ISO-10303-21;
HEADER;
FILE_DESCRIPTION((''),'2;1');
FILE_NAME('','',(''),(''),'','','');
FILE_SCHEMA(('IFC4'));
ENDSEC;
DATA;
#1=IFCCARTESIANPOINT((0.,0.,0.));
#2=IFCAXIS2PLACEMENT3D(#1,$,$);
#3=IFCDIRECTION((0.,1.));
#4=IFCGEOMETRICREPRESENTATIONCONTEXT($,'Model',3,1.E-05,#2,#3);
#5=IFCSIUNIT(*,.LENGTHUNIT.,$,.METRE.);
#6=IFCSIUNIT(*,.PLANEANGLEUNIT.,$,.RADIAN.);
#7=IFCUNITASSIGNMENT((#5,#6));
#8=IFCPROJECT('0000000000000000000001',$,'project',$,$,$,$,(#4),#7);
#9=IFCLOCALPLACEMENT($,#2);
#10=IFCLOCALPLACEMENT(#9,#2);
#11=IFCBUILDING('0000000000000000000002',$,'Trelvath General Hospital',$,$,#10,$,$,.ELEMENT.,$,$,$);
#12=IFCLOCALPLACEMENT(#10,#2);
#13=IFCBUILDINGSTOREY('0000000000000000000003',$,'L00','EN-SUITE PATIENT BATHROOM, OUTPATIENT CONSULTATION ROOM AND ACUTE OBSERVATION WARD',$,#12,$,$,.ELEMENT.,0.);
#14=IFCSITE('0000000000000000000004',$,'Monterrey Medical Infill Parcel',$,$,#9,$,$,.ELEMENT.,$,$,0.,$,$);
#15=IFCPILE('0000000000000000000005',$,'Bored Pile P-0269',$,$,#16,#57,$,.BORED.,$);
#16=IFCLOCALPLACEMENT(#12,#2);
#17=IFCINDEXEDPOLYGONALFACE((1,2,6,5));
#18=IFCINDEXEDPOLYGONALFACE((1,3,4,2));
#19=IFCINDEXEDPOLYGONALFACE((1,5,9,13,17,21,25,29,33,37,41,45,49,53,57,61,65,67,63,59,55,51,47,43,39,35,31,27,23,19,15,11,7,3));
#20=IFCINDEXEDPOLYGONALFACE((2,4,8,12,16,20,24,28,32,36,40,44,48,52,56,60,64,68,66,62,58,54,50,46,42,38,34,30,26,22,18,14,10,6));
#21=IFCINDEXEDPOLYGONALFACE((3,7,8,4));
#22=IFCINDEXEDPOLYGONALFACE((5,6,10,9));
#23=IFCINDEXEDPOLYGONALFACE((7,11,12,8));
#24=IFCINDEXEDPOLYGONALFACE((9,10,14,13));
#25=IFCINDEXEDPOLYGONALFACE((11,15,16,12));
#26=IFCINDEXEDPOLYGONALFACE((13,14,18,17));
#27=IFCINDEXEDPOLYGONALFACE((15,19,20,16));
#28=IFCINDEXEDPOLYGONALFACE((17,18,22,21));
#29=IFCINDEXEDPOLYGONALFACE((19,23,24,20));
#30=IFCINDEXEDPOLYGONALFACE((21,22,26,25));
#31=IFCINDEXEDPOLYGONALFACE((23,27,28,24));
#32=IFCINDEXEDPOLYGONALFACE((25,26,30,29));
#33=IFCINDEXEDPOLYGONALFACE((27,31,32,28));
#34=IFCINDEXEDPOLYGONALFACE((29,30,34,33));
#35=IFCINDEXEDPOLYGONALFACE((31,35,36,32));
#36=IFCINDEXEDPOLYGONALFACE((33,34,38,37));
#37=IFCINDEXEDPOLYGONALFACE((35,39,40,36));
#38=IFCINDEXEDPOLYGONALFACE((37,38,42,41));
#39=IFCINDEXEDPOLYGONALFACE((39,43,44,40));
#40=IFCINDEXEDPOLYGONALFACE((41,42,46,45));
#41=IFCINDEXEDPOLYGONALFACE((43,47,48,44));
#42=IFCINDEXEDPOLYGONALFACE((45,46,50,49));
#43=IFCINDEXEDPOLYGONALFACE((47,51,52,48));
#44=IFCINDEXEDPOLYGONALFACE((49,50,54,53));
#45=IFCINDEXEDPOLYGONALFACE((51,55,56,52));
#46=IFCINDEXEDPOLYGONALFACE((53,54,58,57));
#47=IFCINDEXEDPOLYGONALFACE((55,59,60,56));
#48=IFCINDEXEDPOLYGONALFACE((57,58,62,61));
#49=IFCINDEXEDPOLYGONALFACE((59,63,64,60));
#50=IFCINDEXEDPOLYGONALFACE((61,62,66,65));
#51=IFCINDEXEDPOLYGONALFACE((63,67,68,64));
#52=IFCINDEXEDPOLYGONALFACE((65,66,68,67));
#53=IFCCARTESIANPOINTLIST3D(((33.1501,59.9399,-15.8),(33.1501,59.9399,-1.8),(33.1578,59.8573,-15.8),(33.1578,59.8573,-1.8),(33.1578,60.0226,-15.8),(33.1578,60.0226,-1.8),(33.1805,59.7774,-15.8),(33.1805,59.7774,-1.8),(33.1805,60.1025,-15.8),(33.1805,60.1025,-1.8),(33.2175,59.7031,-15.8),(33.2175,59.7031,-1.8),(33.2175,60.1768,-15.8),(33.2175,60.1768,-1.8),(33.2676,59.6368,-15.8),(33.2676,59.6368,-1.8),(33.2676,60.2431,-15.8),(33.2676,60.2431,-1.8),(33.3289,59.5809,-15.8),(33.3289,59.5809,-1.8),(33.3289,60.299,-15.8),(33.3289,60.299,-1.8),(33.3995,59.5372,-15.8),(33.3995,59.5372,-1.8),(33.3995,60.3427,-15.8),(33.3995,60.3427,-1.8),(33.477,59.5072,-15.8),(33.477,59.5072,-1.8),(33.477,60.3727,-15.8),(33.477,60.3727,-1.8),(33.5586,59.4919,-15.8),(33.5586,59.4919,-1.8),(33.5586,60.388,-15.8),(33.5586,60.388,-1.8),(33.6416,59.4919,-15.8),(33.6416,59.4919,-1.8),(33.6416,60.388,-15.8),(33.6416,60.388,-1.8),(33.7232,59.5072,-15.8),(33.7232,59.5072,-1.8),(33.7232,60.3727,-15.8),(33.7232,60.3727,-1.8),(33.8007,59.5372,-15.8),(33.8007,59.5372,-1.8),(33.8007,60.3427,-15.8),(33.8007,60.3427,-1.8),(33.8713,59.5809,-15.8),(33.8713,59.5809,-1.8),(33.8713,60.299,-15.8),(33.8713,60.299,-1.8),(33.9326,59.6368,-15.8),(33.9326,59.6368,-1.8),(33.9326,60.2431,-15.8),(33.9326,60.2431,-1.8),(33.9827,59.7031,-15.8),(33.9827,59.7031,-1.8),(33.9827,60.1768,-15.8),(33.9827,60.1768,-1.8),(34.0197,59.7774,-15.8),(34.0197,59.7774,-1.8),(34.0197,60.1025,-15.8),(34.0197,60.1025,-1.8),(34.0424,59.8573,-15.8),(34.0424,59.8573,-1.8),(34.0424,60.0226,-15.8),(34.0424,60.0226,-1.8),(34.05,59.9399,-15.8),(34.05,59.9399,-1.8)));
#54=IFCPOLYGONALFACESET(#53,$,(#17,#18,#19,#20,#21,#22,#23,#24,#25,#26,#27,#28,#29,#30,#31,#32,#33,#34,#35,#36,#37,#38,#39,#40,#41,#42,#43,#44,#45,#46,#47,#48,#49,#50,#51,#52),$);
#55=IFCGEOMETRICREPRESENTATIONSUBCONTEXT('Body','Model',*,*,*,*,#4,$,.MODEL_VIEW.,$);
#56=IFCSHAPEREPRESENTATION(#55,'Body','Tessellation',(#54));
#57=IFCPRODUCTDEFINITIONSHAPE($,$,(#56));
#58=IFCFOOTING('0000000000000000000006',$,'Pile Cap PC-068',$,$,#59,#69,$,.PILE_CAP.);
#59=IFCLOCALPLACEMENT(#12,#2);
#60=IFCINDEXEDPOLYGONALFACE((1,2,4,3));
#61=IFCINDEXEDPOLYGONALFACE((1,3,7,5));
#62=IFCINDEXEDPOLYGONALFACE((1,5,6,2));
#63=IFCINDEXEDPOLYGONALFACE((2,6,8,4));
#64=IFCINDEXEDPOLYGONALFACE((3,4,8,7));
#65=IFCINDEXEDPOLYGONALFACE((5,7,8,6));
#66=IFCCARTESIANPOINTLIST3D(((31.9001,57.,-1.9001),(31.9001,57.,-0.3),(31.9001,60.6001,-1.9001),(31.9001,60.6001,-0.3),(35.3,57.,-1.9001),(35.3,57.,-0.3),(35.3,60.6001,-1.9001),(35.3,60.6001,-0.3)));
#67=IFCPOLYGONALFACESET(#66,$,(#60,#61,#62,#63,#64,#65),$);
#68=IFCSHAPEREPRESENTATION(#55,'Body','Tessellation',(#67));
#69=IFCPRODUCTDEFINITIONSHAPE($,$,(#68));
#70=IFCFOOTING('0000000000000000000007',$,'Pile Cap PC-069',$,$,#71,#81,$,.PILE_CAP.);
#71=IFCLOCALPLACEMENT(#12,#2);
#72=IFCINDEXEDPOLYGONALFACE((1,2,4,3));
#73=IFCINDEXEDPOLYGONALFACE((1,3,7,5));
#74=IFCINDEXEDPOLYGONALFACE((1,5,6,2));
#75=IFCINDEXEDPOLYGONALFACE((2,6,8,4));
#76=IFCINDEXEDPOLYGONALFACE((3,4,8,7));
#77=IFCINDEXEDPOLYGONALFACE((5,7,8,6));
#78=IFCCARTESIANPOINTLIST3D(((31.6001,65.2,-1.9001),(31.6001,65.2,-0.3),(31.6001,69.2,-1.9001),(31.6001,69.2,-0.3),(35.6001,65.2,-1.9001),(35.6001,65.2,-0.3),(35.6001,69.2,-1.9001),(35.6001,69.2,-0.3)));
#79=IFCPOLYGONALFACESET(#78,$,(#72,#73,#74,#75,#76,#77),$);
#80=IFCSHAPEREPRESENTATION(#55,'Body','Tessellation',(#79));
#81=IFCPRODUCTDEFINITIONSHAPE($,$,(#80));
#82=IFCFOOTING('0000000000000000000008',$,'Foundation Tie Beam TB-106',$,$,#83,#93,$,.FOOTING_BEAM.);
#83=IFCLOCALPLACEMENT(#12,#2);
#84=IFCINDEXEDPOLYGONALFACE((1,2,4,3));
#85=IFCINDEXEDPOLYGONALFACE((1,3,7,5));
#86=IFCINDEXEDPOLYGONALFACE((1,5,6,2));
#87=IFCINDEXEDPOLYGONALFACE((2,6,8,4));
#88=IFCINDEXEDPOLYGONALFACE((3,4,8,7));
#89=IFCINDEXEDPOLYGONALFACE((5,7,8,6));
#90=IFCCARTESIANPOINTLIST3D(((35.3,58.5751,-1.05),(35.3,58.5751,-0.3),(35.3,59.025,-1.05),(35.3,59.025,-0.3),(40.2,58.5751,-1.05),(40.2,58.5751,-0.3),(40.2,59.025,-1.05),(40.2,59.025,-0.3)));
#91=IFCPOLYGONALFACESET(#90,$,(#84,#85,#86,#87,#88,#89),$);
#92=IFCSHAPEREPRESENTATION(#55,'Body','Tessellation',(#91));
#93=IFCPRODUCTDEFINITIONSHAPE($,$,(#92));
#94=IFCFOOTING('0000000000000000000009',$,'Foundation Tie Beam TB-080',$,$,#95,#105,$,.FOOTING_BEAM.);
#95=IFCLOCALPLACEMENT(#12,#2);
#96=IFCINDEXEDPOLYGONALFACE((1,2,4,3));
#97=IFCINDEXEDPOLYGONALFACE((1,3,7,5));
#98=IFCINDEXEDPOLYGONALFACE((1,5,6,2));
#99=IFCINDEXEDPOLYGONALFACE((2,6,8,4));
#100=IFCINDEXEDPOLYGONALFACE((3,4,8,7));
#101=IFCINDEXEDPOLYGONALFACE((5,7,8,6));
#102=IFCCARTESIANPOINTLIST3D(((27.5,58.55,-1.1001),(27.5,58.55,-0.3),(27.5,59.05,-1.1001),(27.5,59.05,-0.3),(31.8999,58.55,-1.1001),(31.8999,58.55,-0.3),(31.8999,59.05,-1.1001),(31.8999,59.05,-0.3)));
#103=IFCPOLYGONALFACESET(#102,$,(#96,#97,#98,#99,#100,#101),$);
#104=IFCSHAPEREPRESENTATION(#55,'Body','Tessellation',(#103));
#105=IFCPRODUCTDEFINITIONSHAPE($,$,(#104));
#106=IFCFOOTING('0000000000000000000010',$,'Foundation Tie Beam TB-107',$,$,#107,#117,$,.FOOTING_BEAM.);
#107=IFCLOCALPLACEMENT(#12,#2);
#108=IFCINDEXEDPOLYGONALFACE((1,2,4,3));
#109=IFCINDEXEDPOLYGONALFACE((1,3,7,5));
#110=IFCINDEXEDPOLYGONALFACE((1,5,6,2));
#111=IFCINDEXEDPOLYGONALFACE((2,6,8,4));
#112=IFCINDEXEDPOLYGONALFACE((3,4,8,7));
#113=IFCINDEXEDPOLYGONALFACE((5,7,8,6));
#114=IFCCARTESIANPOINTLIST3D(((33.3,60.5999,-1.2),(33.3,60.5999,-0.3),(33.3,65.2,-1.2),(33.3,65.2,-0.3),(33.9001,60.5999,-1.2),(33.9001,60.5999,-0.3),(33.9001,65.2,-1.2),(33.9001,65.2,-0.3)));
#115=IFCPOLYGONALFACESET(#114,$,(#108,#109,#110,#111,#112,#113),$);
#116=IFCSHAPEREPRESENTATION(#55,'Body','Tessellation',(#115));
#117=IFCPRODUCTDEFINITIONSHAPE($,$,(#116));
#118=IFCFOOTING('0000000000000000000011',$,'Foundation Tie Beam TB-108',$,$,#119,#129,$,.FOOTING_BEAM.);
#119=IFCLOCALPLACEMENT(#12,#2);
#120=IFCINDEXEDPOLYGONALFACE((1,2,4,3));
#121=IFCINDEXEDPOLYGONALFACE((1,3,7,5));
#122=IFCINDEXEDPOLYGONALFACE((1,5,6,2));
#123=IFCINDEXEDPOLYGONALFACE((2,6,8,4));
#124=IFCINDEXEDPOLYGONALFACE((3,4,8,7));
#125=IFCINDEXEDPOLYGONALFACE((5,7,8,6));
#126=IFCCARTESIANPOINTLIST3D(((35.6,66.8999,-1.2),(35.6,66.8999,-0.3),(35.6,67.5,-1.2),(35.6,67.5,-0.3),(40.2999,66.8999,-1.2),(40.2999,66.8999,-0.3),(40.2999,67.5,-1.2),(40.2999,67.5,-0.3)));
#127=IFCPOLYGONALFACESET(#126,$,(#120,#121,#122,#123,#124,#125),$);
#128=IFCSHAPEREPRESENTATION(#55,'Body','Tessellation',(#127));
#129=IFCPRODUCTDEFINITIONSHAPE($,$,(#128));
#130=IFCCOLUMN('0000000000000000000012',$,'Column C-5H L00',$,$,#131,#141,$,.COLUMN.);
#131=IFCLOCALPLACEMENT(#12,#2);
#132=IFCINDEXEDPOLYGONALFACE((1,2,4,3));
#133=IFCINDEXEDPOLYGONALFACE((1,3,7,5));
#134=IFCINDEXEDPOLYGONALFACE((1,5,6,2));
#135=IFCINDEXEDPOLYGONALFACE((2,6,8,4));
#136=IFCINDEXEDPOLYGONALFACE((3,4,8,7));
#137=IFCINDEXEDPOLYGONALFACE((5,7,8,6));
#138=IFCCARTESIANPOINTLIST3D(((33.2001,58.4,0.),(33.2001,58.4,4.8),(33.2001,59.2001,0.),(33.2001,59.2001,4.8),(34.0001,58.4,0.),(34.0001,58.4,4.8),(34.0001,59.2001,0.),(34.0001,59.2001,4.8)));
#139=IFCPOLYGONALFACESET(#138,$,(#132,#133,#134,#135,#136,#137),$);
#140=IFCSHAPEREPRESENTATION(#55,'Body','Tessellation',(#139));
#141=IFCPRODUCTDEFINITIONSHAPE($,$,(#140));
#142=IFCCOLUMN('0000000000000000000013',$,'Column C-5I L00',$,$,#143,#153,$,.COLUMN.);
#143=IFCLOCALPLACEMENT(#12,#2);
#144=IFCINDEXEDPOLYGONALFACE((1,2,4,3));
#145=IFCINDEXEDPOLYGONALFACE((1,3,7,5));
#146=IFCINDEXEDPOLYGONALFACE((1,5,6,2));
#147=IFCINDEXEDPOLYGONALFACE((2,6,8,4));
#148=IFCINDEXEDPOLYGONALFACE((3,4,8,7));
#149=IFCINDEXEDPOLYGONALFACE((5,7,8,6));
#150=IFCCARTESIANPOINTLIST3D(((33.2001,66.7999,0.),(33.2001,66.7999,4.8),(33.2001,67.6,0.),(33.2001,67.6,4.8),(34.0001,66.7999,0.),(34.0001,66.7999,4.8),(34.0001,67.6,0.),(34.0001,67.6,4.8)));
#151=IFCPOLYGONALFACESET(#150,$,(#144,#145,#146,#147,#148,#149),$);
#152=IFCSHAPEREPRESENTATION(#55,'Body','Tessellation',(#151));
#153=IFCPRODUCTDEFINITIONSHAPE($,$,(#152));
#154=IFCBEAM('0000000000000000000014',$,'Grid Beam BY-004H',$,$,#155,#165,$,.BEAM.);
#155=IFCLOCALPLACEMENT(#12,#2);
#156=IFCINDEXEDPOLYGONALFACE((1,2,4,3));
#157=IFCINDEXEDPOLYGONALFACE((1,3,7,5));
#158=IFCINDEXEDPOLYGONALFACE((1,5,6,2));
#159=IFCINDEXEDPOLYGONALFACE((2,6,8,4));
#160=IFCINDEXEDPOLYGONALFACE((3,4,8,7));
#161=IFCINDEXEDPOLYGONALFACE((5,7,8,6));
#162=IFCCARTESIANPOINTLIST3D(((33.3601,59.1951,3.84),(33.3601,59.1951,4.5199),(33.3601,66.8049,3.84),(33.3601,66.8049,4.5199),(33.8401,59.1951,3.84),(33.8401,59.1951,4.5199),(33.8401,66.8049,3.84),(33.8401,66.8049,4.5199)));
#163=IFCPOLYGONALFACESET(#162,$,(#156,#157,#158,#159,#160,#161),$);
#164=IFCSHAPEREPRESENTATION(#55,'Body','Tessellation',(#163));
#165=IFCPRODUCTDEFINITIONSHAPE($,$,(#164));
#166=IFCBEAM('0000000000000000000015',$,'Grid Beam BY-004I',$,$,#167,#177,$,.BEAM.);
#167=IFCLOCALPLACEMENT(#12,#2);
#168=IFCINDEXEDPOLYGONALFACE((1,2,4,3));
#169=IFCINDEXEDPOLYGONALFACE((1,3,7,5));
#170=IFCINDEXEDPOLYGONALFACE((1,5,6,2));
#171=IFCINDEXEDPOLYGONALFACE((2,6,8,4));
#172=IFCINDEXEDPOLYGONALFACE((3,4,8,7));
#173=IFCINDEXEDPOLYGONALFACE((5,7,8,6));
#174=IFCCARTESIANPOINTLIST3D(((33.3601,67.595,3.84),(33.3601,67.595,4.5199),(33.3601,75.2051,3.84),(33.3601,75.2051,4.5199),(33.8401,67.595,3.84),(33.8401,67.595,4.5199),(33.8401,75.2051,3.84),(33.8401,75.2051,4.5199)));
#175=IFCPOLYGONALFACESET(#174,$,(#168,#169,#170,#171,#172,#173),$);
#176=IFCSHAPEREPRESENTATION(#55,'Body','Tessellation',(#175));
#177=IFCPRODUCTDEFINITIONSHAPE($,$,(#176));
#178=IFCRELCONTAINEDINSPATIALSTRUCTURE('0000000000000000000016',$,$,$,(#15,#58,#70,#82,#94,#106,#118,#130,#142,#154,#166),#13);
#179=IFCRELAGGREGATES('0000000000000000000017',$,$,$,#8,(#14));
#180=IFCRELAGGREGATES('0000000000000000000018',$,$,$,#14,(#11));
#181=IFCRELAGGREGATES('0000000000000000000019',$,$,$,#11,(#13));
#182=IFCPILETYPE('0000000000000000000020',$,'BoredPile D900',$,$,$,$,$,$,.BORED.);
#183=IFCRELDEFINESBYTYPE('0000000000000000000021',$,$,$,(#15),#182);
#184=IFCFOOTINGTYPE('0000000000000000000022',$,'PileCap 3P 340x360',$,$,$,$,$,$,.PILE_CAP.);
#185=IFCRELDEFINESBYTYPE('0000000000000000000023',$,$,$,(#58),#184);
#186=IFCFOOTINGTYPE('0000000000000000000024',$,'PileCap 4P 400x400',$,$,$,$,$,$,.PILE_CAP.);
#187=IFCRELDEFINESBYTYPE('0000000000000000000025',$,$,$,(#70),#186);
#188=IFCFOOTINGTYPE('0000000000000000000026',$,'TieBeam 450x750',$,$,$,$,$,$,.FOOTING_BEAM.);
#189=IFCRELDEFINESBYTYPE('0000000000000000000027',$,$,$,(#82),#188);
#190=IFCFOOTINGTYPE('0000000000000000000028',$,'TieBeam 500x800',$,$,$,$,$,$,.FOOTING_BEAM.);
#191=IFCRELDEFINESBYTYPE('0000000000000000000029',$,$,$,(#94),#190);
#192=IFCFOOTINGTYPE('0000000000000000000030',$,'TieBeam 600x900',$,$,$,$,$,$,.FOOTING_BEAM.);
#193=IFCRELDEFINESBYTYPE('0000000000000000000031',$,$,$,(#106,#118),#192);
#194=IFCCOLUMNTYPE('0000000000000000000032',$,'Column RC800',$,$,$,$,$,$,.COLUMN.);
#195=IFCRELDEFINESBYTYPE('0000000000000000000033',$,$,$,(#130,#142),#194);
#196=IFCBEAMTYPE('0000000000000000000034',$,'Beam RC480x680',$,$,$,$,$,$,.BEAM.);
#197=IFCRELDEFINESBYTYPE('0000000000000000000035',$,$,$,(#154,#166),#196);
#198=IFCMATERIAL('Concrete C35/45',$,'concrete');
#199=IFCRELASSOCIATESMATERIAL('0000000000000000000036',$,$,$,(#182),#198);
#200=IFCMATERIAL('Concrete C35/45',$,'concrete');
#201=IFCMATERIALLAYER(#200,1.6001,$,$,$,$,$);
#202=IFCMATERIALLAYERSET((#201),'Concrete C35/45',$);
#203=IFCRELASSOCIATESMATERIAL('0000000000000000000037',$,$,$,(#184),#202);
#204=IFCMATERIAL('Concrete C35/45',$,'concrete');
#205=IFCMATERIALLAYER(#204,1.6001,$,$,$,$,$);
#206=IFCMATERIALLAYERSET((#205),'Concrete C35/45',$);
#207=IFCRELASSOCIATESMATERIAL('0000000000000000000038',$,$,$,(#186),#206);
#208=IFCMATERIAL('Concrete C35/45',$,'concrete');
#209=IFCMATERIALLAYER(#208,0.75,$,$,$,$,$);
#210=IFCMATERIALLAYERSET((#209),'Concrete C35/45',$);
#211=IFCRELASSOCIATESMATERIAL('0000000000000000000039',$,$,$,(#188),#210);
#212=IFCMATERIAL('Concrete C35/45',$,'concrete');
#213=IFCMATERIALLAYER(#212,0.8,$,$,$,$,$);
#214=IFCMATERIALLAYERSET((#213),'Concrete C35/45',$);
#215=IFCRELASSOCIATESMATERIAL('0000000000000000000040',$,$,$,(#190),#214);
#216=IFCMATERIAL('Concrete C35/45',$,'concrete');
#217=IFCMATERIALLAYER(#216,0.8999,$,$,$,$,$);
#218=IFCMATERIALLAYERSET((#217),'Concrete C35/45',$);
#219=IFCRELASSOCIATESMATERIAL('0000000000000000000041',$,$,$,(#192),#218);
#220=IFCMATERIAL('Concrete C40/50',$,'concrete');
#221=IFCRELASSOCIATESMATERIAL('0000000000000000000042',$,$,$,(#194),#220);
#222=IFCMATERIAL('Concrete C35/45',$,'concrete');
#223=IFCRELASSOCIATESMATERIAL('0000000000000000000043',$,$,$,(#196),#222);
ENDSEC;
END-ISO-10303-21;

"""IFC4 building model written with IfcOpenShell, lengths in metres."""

from ifc_helpers import new_model, si_unit, direction, frame, origin, origin_2d, place, context, subcontext, project, spatial, rectangle, circle, extrude, material, layer, layer_set, material_profile, profile_set, type_object, element, save


model = new_model("IFC4")

# Units and contexts
model_context = context("Model", 3, precision=1e-05, world=origin(), true_north=direction((0.0, 1.0)))
body_context = subcontext(model_context, "Body", "Model", "MODEL_VIEW")
ifc_project = project(units=[si_unit("LENGTHUNIT", "METRE"), si_unit("PLANEANGLEUNIT", "RADIAN")], contexts=[model_context])

# Site, building, storey
site_placement = place(None, origin())
site = spatial("IfcSite", under=ifc_project, at=site_placement, Name="Monterrey Medical Infill Parcel", CompositionType="ELEMENT", RefElevation=0.0)
building_placement = place(site_placement, origin())
building = spatial("IfcBuilding", under=site, at=building_placement, Name="Trelvath General Hospital", CompositionType="ELEMENT")
storey_placement = place(building_placement, origin())
storey = spatial("IfcBuildingStorey", under=building, at=storey_placement, Name="L00", Description="EN-SUITE PATIENT BATHROOM, OUTPATIENT CONSULTATION ROOM AND ACUTE OBSERVATION WARD", CompositionType="ELEMENT", Elevation=0.0)

# Pile
ifc_material_1 = material(Name="Concrete C35/45", Category="concrete")
ifc_material_profile_1 = material_profile(ifc_material_1, circle(Radius=0.45, at=origin_2d()), Name="PILE900")
ifc_profile_set_1 = profile_set([ifc_material_profile_1], Name="Concrete C35/45")
pile_type_1 = type_object("IfcPileType", Name="BoredPile D900", PredefinedType="BORED", material=ifc_profile_set_1)
pile_placement = place(storey_placement, frame((33.6001, 59.9399, -1.8), z_axis=(0.0, 0.0, -1.0), x_axis=(1.0, 0.0, 0.0)))
element("IfcPile", 1, at=pile_placement, inside=storey, type_object=pile_type_1, Name="Bored Pile P-0269", PredefinedType="BORED", context=body_context, shape_type="SweptSolid", body=[
    extrude(circle(Radius=0.45, at=origin_2d()), origin(), (0.0, 0.0, 1.0), 14.0),
])

# Footings
ifc_material_2 = material(Name="Concrete C35/45", Category="concrete")
ifc_layer_1 = layer(ifc_material_2, 1.6001)
ifc_layer_set_1 = layer_set([ifc_layer_1], Name="Concrete C35/45")
footing_type_1 = type_object("IfcFootingType", Name="PileCap 3P 340x360", PredefinedType="PILE_CAP", material=ifc_layer_set_1)
footing_1_placement = place(storey_placement, frame((33.6001, 58.8, -1.9001), z_axis=(0.0, 0.0, 1.0), x_axis=(1.0, 0.0, 0.0)))
element("IfcFooting", 2, at=footing_1_placement, inside=storey, type_object=footing_type_1, Name="Pile Cap PC-068", PredefinedType="PILE_CAP", context=body_context, shape_type="SweptSolid", body=[
    extrude(rectangle(XDim=3.3999, YDim=3.6001, at=origin_2d()), origin(), (0.0, 0.0, 1.0), 1.6001),
])
ifc_material_3 = material(Name="Concrete C35/45", Category="concrete")
ifc_layer_2 = layer(ifc_material_3, 1.6001)
ifc_layer_set_2 = layer_set([ifc_layer_2], Name="Concrete C35/45")
footing_type_2 = type_object("IfcFootingType", Name="PileCap 4P 400x400", PredefinedType="PILE_CAP", material=ifc_layer_set_2)
footing_2_placement = place(storey_placement, frame((33.6001, 67.2, -1.9001), z_axis=(0.0, 0.0, 1.0), x_axis=(1.0, 0.0, 0.0)))
element("IfcFooting", 3, at=footing_2_placement, inside=storey, type_object=footing_type_2, Name="Pile Cap PC-069", PredefinedType="PILE_CAP", context=body_context, shape_type="SweptSolid", body=[
    extrude(rectangle(XDim=4.0, YDim=4.0, at=origin_2d()), origin(), (0.0, 0.0, 1.0), 1.6001),
])
ifc_material_4 = material(Name="Concrete C35/45", Category="concrete")
ifc_layer_3 = layer(ifc_material_4, 0.75)
ifc_layer_set_3 = layer_set([ifc_layer_3], Name="Concrete C35/45")
footing_type_3 = type_object("IfcFootingType", Name="TieBeam 450x750", PredefinedType="FOOTING_BEAM", material=ifc_layer_set_3)
footing_3_placement = place(storey_placement, frame((37.75, 58.8, -1.05), z_axis=(0.0, 0.0, 1.0), x_axis=(1.0, 0.0, 0.0)))
element("IfcFooting", 4, at=footing_3_placement, inside=storey, type_object=footing_type_3, Name="Foundation Tie Beam TB-106", PredefinedType="FOOTING_BEAM", context=body_context, shape_type="SweptSolid", body=[
    extrude(rectangle(XDim=4.8999, YDim=0.45, at=origin_2d()), origin(), (0.0, 0.0, 1.0), 0.75),
])
ifc_material_5 = material(Name="Concrete C35/45", Category="concrete")
ifc_layer_4 = layer(ifc_material_5, 0.8)
ifc_layer_set_4 = layer_set([ifc_layer_4], Name="Concrete C35/45")
footing_type_4 = type_object("IfcFootingType", Name="TieBeam 500x800", PredefinedType="FOOTING_BEAM", material=ifc_layer_set_4)
footing_4_placement = place(storey_placement, frame((29.7, 58.8, -1.1001), z_axis=(0.0, 0.0, 1.0), x_axis=(1.0, 0.0, 0.0)))
element("IfcFooting", 5, at=footing_4_placement, inside=storey, type_object=footing_type_4, Name="Foundation Tie Beam TB-080", PredefinedType="FOOTING_BEAM", context=body_context, shape_type="SweptSolid", body=[
    extrude(rectangle(XDim=4.3999, YDim=0.5, at=origin_2d()), origin(), (0.0, 0.0, 1.0), 0.8),
])
ifc_material_6 = material(Name="Concrete C35/45", Category="concrete")
ifc_layer_5 = layer(ifc_material_6, 0.8999)
ifc_layer_set_5 = layer_set([ifc_layer_5], Name="Concrete C35/45")
footing_type_5 = type_object("IfcFootingType", Name="TieBeam 600x900", PredefinedType="FOOTING_BEAM", material=ifc_layer_set_5)
footing_5_placement = place(storey_placement, frame((33.6001, 62.8999, -1.2), z_axis=(0.0, 0.0, 1.0), x_axis=(1.0, 0.0, 0.0)))
element("IfcFooting", 6, at=footing_5_placement, inside=storey, type_object=footing_type_5, Name="Foundation Tie Beam TB-107", PredefinedType="FOOTING_BEAM", context=body_context, shape_type="SweptSolid", body=[
    extrude(rectangle(XDim=0.6001, YDim=4.6001, at=origin_2d()), origin(), (0.0, 0.0, 1.0), 0.8999),
])
footing_6_placement = place(storey_placement, frame((37.95, 67.2, -1.2), z_axis=(0.0, 0.0, 1.0), x_axis=(1.0, 0.0, 0.0)))
element("IfcFooting", 7, at=footing_6_placement, inside=storey, type_object=footing_type_5, Name="Foundation Tie Beam TB-108", PredefinedType="FOOTING_BEAM", context=body_context, shape_type="SweptSolid", body=[
    extrude(rectangle(XDim=4.7, YDim=0.6001, at=origin_2d()), origin(), (0.0, 0.0, 1.0), 0.8999),
])

# Columns
ifc_material_7 = material(Name="Concrete C40/50", Category="concrete")
ifc_material_profile_2 = material_profile(ifc_material_7, rectangle(XDim=0.8, YDim=0.8, at=origin_2d()), Name="RC800x800")
ifc_profile_set_2 = profile_set([ifc_material_profile_2], Name="Concrete C40/50")
column_type = type_object("IfcColumnType", Name="Column RC800", PredefinedType="COLUMN", material=ifc_profile_set_2)
for number, where, z_axis, x_axis, name in (
    (8, (33.6001, 58.8, 0.0), (0.0, 0.0, 1.0), (1.0, 0.0, 0.0), "Column C-5H L00"),
    (9, (33.6001, 67.2, 0.0), (0.0, 0.0, 1.0), (1.0, 0.0, 0.0), "Column C-5I L00"),
):
    element("IfcColumn", number, at=place(storey_placement, frame(where, z_axis=z_axis, x_axis=x_axis)), inside=storey, type_object=column_type, Name=name, PredefinedType="COLUMN", context=body_context, shape_type="SweptSolid", body=[
        extrude(rectangle(XDim=0.8, YDim=0.8, at=origin_2d()), origin(), (0.0, 0.0, 1.0), 4.8),
    ])

# Beams
ifc_material_8 = material(Name="Concrete C35/45", Category="concrete")
ifc_material_profile_3 = material_profile(ifc_material_8, rectangle(XDim=0.48, YDim=0.6799, at=origin_2d()), Name="RCB480x680")
ifc_profile_set_3 = profile_set([ifc_material_profile_3], Name="Concrete C35/45")
beam_type_1 = type_object("IfcBeamType", Name="Beam RC480x680", PredefinedType="BEAM", material=ifc_profile_set_3)
beam_1_placement = place(storey_placement, frame((33.6001, 59.1951, 4.1799), z_axis=(0.0, 1.0, 0.0), x_axis=(-1.0, 0.0, 0.0)))
element("IfcBeam", 10, at=beam_1_placement, inside=storey, type_object=beam_type_1, Name="Grid Beam BY-004H", PredefinedType="BEAM", context=body_context, shape_type="SweptSolid", body=[
    extrude(rectangle(XDim=0.48, YDim=0.6799, at=origin_2d()), origin(), (0.0, 0.0, 1.0), 7.6099),
])
beam_2_placement = place(storey_placement, frame((33.6001, 67.595, 4.1799), z_axis=(0.0, 1.0, 0.0), x_axis=(-1.0, 0.0, 0.0)))
element("IfcBeam", 11, at=beam_2_placement, inside=storey, type_object=beam_type_1, Name="Grid Beam BY-004I", PredefinedType="BEAM", context=body_context, shape_type="SweptSolid", body=[
    extrude(rectangle(XDim=0.48, YDim=0.6799, at=origin_2d()), origin(), (0.0, 0.0, 1.0), 7.6101),
])

save(model, "model.ifc")
